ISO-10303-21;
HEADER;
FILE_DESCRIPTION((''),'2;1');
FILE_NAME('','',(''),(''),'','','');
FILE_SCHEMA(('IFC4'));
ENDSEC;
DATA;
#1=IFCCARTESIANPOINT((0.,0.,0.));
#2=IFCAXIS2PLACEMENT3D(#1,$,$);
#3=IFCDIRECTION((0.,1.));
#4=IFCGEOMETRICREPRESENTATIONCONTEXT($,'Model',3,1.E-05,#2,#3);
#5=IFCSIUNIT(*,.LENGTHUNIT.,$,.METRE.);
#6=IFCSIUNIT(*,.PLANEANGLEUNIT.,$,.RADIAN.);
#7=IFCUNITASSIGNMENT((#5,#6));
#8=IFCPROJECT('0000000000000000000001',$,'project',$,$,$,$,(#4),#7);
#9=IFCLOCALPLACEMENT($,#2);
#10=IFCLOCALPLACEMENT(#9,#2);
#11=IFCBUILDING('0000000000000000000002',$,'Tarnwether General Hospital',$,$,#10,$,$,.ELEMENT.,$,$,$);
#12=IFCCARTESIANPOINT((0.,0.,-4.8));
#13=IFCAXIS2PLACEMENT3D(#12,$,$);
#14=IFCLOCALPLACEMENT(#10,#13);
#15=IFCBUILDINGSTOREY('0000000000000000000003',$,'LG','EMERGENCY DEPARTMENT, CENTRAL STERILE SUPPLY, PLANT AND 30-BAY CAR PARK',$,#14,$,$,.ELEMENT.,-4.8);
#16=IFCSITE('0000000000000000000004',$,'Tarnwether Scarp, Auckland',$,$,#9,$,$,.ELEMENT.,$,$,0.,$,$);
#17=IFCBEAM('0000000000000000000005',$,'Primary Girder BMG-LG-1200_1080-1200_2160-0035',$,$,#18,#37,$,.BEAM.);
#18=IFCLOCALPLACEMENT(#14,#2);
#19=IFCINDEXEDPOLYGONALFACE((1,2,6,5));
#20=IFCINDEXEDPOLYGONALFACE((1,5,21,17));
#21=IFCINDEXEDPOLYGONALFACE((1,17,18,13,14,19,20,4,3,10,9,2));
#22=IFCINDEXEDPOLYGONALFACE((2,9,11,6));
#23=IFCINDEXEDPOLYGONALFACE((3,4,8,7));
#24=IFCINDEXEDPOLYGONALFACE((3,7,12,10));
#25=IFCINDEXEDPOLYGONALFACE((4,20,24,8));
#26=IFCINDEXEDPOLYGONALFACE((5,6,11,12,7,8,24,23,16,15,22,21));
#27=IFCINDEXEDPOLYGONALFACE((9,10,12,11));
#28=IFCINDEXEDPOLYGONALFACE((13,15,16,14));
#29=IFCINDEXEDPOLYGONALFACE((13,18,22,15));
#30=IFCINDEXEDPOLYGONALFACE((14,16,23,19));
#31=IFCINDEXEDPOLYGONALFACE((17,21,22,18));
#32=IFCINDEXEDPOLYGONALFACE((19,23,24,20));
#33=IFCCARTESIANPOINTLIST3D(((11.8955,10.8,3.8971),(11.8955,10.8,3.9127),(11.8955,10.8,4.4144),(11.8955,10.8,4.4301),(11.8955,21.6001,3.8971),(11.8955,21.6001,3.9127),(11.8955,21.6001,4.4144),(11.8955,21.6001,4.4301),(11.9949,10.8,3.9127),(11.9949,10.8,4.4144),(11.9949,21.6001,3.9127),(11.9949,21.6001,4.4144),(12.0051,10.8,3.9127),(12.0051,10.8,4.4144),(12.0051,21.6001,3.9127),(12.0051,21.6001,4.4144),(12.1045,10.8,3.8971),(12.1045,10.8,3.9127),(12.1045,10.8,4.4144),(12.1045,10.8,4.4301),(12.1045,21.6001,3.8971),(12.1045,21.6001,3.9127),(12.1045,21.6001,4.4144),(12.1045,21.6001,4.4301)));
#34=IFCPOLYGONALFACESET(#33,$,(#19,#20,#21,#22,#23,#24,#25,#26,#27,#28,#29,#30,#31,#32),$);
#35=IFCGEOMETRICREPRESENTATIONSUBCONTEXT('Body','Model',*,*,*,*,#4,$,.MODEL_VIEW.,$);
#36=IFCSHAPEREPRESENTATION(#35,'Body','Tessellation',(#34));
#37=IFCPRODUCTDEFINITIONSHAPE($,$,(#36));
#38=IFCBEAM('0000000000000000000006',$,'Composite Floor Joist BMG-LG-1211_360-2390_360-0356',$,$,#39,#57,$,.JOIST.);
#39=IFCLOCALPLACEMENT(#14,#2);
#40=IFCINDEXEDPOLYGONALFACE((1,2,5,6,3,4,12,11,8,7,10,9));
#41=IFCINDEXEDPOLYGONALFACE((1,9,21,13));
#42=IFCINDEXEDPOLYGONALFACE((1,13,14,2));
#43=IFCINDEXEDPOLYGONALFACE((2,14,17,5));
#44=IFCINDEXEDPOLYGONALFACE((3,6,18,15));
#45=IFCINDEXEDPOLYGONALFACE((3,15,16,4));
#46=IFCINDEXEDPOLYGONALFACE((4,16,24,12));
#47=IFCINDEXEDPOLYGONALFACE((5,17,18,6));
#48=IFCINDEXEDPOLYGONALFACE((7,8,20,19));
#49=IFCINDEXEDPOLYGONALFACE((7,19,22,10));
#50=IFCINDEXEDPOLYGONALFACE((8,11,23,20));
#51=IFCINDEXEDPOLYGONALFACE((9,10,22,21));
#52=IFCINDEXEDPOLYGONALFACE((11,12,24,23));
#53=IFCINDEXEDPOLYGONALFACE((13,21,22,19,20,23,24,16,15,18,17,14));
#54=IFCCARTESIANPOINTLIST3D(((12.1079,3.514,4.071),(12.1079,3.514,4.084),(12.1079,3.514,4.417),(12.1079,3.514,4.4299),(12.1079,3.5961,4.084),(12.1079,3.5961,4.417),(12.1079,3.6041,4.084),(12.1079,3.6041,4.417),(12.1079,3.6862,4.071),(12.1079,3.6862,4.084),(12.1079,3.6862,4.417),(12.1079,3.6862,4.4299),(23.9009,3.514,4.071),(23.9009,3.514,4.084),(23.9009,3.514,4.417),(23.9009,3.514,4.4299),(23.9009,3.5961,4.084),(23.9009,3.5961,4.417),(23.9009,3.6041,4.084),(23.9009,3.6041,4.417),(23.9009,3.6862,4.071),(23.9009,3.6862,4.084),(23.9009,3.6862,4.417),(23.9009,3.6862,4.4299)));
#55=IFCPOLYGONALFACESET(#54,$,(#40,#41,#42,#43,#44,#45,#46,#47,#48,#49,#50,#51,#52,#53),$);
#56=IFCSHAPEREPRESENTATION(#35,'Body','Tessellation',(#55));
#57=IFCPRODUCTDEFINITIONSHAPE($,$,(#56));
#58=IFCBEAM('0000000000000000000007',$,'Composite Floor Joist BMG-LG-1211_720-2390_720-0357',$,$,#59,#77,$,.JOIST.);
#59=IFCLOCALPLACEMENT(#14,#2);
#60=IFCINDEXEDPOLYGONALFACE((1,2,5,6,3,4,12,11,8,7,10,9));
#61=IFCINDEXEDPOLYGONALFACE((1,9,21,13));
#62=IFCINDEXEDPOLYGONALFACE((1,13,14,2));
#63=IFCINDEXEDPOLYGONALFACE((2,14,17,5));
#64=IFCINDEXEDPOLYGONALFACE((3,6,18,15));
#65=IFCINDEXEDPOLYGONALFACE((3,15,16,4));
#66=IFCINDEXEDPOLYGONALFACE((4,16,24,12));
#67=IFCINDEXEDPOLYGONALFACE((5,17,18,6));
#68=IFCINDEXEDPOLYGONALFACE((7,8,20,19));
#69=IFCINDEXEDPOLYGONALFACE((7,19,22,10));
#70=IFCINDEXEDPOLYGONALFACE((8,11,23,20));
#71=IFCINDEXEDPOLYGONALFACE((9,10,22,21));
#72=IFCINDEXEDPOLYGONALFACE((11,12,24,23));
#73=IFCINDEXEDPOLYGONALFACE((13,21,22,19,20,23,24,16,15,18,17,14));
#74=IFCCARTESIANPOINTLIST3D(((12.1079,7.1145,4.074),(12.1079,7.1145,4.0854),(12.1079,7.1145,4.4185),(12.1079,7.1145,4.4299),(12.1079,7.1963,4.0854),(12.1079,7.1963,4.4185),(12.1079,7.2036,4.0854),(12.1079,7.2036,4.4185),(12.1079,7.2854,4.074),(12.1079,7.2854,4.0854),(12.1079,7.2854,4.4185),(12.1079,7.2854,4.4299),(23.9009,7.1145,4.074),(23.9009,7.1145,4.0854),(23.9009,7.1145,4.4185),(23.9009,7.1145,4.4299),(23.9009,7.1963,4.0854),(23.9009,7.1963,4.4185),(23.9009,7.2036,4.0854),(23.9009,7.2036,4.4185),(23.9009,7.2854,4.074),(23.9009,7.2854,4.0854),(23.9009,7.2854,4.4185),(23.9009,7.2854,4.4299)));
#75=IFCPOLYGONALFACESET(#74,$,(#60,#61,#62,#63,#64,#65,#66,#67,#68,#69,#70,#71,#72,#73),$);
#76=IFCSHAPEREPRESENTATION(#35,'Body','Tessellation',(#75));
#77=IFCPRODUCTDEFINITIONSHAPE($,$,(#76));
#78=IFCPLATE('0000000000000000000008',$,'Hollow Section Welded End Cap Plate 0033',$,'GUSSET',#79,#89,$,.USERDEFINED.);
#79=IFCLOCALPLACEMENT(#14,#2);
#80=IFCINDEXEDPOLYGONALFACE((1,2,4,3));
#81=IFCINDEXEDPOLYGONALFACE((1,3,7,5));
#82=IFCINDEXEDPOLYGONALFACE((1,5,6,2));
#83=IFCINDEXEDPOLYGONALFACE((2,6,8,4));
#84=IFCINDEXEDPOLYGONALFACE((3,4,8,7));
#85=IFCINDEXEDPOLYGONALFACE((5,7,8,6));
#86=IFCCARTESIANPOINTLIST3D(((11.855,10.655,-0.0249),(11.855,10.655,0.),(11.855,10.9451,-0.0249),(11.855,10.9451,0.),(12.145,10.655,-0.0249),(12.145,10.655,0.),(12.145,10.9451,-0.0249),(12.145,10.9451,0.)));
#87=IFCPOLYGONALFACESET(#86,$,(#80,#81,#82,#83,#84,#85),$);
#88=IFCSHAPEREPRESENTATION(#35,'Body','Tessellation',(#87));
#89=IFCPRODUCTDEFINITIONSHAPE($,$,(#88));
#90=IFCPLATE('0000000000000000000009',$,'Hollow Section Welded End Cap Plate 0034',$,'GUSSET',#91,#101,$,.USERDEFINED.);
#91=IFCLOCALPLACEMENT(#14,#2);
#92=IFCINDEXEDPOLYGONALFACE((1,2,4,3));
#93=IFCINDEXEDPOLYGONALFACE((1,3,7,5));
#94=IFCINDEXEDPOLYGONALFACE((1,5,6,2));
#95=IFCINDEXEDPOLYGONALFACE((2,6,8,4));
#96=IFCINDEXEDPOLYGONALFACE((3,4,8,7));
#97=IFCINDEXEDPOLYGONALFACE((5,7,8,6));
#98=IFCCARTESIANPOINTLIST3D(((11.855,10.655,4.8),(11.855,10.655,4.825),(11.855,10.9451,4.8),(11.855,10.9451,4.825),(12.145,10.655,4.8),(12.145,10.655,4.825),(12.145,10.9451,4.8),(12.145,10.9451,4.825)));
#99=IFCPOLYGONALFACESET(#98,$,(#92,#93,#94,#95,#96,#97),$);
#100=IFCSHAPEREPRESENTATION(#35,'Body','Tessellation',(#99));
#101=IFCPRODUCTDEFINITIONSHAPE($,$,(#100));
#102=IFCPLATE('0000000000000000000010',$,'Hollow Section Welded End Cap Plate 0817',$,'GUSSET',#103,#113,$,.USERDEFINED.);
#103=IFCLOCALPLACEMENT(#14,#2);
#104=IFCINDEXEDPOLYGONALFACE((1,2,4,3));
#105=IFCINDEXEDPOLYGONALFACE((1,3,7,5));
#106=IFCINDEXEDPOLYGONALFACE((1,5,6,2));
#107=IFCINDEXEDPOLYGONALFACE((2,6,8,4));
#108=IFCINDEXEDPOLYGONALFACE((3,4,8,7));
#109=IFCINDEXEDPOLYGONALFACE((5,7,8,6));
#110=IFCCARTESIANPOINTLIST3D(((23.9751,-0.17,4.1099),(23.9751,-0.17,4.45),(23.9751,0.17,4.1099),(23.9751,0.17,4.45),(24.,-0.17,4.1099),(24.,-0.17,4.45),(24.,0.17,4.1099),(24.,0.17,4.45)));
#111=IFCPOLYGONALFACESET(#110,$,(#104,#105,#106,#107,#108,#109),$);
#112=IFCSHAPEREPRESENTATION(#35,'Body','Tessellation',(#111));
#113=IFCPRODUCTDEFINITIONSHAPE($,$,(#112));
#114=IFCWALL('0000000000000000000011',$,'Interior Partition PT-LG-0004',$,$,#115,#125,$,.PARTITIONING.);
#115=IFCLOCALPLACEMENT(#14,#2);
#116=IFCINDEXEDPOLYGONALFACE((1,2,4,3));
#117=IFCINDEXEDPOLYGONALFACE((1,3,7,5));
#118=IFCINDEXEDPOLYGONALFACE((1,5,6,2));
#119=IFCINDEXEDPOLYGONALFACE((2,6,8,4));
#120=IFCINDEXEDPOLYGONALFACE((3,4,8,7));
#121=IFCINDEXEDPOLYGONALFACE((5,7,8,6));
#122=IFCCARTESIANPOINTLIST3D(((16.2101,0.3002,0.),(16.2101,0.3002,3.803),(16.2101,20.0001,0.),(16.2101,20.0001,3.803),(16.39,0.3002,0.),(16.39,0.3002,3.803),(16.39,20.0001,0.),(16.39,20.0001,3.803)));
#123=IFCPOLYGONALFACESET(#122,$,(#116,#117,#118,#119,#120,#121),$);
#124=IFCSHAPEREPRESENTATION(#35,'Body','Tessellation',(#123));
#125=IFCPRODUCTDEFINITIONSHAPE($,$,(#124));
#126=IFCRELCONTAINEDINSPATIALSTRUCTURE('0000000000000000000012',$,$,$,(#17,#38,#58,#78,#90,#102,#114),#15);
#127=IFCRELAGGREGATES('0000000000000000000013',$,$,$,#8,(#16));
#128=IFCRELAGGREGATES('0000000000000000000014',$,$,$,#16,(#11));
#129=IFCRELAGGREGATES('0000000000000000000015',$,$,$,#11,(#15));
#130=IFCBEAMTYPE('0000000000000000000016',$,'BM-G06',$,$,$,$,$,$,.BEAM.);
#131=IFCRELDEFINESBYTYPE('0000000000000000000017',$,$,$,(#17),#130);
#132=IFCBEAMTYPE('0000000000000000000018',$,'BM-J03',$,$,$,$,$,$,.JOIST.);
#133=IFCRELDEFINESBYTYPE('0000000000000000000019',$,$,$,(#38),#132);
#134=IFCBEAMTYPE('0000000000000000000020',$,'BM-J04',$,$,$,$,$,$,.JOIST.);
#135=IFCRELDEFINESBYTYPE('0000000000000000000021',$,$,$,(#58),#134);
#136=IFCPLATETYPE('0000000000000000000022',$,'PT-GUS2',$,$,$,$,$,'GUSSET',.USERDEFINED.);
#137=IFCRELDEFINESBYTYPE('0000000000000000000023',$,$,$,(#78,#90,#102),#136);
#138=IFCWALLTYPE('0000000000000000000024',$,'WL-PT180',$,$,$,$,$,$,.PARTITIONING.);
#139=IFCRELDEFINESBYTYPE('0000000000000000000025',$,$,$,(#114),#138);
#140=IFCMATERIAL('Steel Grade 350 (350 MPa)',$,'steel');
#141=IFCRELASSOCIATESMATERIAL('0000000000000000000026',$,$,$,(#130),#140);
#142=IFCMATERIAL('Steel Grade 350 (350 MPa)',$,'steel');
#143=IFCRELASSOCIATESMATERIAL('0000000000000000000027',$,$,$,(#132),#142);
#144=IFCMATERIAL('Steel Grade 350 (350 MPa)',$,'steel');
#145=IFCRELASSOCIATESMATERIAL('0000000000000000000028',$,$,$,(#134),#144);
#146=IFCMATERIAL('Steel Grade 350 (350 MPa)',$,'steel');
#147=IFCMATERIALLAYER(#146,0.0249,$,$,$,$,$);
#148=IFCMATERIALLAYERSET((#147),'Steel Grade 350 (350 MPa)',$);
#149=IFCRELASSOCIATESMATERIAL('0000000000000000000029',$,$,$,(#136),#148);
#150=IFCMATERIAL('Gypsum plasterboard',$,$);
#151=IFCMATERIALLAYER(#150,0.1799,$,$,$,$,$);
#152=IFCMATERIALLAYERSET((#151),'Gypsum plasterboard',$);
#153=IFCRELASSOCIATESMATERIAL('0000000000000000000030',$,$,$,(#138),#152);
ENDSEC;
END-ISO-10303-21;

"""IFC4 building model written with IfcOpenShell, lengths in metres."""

from ifc_helpers import new_model, si_unit, direction, frame, frame_2d, origin, origin_2d, place, context, subcontext, project, spatial, rectangle, i_section, extrude, material, layer, layer_set, material_profile, profile_set, type_object, element, save


model = new_model("IFC4")

# Units and contexts
model_context = context("Model", 3, precision=1e-05, world=origin(), true_north=direction((0.0, 1.0)))
body_context = subcontext(model_context, "Body", "Model", "MODEL_VIEW")
ifc_project = project(units=[si_unit("LENGTHUNIT", "METRE"), si_unit("PLANEANGLEUNIT", "RADIAN")], contexts=[model_context])

# Site, building, storey
site_placement = place(None, origin())
site = spatial("IfcSite", under=ifc_project, at=site_placement, Name="Tarnwether Scarp, Auckland", CompositionType="ELEMENT", RefElevation=0.0)
building_placement = place(site_placement, origin())
building = spatial("IfcBuilding", under=site, at=building_placement, Name="Tarnwether General Hospital", CompositionType="ELEMENT")
storey_placement = place(building_placement, frame((0.0, 0.0, -4.8)))
storey = spatial("IfcBuildingStorey", under=building, at=storey_placement, Name="LG", Description="EMERGENCY DEPARTMENT, CENTRAL STERILE SUPPLY, PLANT AND 30-BAY CAR PARK", CompositionType="ELEMENT", Elevation=-4.8)

# Beams
ifc_material_1 = material(Name="Steel Grade 350 (350 MPa)", Category="steel")
ifc_material_profile_1 = material_profile(ifc_material_1, i_section(OverallWidth=0.209, OverallDepth=0.533, WebThickness=0.0103, FlangeThickness=0.0156, at=origin_2d()), Name="530UB92.4")
ifc_profile_set_1 = profile_set([ifc_material_profile_1], Name="Steel Grade 350 (350 MPa)")
beam_type_1 = type_object("IfcBeamType", Name="BM-G06", PredefinedType="BEAM", material=ifc_profile_set_1)
beam_1_placement = place(storey_placement, frame((12.0, 10.8, 4.1636), z_axis=(0.0, 1.0, 0.0), x_axis=(-1.0, 0.0, 0.0)))
element("IfcBeam", 1, at=beam_1_placement, inside=storey, type_object=beam_type_1, Name="Primary Girder BMG-LG-1200_1080-1200_2160-0035", PredefinedType="BEAM", context=body_context, shape_type="SweptSolid", body=[
    extrude(i_section(OverallWidth=0.209, OverallDepth=0.533, WebThickness=0.0103, FlangeThickness=0.0156, at=origin_2d()), origin(), (0.0, 0.0, 1.0), 10.8),
])
ifc_material_2 = material(Name="Steel Grade 350 (350 MPa)", Category="steel")
ifc_material_profile_2 = material_profile(ifc_material_2, i_section(OverallWidth=0.1721, OverallDepth=0.3589, WebThickness=0.0081, FlangeThickness=0.0129, at=origin_2d()), Name="360UB56.7")
ifc_profile_set_2 = profile_set([ifc_material_profile_2], Name="Steel Grade 350 (350 MPa)")
beam_type_2 = type_object("IfcBeamType", Name="BM-J03", PredefinedType="JOIST", material=ifc_profile_set_2)
beam_2_placement = place(storey_placement, frame((12.1079, 3.6001, 4.2505), z_axis=(1.0, 0.0, 0.0), x_axis=(0.0, 1.0, 0.0)))
element("IfcBeam", 2, at=beam_2_placement, inside=storey, type_object=beam_type_2, Name="Composite Floor Joist BMG-LG-1211_360-2390_360-0356", PredefinedType="JOIST", context=body_context, shape_type="SweptSolid", body=[
    extrude(i_section(OverallWidth=0.1721, OverallDepth=0.3589, WebThickness=0.0081, FlangeThickness=0.0129, at=origin_2d()), origin(), (0.0, 0.0, 1.0), 11.793),
])
ifc_material_3 = material(Name="Steel Grade 350 (350 MPa)", Category="steel")
ifc_material_profile_3 = material_profile(ifc_material_3, i_section(OverallWidth=0.1709, OverallDepth=0.356, WebThickness=0.0073, FlangeThickness=0.0115, at=origin_2d()), Name="360UB50.7")
ifc_profile_set_3 = profile_set([ifc_material_profile_3], Name="Steel Grade 350 (350 MPa)")
beam_type_3 = type_object("IfcBeamType", Name="BM-J04", PredefinedType="JOIST", material=ifc_profile_set_3)
beam_3_placement = place(storey_placement, frame((12.1079, 7.2, 4.252), z_axis=(1.0, 0.0, 0.0), x_axis=(0.0, 1.0, 0.0)))
element("IfcBeam", 3, at=beam_3_placement, inside=storey, type_object=beam_type_3, Name="Composite Floor Joist BMG-LG-1211_720-2390_720-0357", PredefinedType="JOIST", context=body_context, shape_type="SweptSolid", body=[
    extrude(i_section(OverallWidth=0.1709, OverallDepth=0.356, WebThickness=0.0073, FlangeThickness=0.0115, at=origin_2d()), origin(), (0.0, 0.0, 1.0), 11.793),
])

# Plates
ifc_material_4 = material(Name="Steel Grade 350 (350 MPa)", Category="steel")
ifc_layer_1 = layer(ifc_material_4, 0.0249)
ifc_layer_set_1 = layer_set([ifc_layer_1], Name="Steel Grade 350 (350 MPa)")
plate_type = type_object("IfcPlateType", Name="PT-GUS2", ElementType="GUSSET", PredefinedType="USERDEFINED", material=ifc_layer_set_1)
for number, where, z_axis, x_axis, name in (
    (4, (12.0, 10.8, -0.0249), (0.0, 0.0, 1.0), (1.0, 0.0, 0.0), "Hollow Section Welded End Cap Plate 0033"),
    (5, (12.0, 10.8, 4.8), (0.0, 0.0, 1.0), (1.0, 0.0, 0.0), "Hollow Section Welded End Cap Plate 0034"),
):
    element("IfcPlate", number, at=place(storey_placement, frame(where, z_axis=z_axis, x_axis=x_axis)), inside=storey, type_object=plate_type, Name=name, ObjectType="GUSSET", PredefinedType="USERDEFINED", context=body_context, shape_type="SweptSolid", body=[
        extrude(rectangle(XDim=0.29, YDim=0.29, at=origin_2d()), origin(), (0.0, 0.0, 1.0), 0.0249),
    ])
plate_placement = place(storey_placement, frame((23.9875, 0.0, 4.1099), z_axis=(0.0, 0.0, 1.0), x_axis=(1.0, 0.0, 0.0)))
element("IfcPlate", 6, at=plate_placement, inside=storey, type_object=plate_type, Name="Hollow Section Welded End Cap Plate 0817", ObjectType="GUSSET", PredefinedType="USERDEFINED", context=body_context, shape_type="SweptSolid", body=[
    extrude(rectangle(XDim=0.0249, YDim=0.3401, at=origin_2d()), origin(), (0.0, 0.0, 1.0), 0.3401),
])

# Wall
ifc_material_5 = material(Name="Gypsum plasterboard")
ifc_layer_2 = layer(ifc_material_5, 0.1799)
ifc_layer_set_2 = layer_set([ifc_layer_2], Name="Gypsum plasterboard")
wall_type = type_object("IfcWallType", Name="WL-PT180", PredefinedType="PARTITIONING", material=ifc_layer_set_2)
wall_placement = place(storey_placement, frame((16.3, 0.3, 0.0), z_axis=(0.0, 0.0, 1.0), x_axis=(0.0, 1.0, 0.0)))
element("IfcWall", 7, at=wall_placement, inside=storey, type_object=wall_type, Name="Interior Partition PT-LG-0004", PredefinedType="PARTITIONING", context=body_context, shape_type="SweptSolid", body=[
    extrude(rectangle(XDim=19.7, YDim=0.1799, at=frame_2d((9.8501, 0.0))), origin(), (0.0, 0.0, 1.0), 3.803),
])

save(model, "model.ifc")
